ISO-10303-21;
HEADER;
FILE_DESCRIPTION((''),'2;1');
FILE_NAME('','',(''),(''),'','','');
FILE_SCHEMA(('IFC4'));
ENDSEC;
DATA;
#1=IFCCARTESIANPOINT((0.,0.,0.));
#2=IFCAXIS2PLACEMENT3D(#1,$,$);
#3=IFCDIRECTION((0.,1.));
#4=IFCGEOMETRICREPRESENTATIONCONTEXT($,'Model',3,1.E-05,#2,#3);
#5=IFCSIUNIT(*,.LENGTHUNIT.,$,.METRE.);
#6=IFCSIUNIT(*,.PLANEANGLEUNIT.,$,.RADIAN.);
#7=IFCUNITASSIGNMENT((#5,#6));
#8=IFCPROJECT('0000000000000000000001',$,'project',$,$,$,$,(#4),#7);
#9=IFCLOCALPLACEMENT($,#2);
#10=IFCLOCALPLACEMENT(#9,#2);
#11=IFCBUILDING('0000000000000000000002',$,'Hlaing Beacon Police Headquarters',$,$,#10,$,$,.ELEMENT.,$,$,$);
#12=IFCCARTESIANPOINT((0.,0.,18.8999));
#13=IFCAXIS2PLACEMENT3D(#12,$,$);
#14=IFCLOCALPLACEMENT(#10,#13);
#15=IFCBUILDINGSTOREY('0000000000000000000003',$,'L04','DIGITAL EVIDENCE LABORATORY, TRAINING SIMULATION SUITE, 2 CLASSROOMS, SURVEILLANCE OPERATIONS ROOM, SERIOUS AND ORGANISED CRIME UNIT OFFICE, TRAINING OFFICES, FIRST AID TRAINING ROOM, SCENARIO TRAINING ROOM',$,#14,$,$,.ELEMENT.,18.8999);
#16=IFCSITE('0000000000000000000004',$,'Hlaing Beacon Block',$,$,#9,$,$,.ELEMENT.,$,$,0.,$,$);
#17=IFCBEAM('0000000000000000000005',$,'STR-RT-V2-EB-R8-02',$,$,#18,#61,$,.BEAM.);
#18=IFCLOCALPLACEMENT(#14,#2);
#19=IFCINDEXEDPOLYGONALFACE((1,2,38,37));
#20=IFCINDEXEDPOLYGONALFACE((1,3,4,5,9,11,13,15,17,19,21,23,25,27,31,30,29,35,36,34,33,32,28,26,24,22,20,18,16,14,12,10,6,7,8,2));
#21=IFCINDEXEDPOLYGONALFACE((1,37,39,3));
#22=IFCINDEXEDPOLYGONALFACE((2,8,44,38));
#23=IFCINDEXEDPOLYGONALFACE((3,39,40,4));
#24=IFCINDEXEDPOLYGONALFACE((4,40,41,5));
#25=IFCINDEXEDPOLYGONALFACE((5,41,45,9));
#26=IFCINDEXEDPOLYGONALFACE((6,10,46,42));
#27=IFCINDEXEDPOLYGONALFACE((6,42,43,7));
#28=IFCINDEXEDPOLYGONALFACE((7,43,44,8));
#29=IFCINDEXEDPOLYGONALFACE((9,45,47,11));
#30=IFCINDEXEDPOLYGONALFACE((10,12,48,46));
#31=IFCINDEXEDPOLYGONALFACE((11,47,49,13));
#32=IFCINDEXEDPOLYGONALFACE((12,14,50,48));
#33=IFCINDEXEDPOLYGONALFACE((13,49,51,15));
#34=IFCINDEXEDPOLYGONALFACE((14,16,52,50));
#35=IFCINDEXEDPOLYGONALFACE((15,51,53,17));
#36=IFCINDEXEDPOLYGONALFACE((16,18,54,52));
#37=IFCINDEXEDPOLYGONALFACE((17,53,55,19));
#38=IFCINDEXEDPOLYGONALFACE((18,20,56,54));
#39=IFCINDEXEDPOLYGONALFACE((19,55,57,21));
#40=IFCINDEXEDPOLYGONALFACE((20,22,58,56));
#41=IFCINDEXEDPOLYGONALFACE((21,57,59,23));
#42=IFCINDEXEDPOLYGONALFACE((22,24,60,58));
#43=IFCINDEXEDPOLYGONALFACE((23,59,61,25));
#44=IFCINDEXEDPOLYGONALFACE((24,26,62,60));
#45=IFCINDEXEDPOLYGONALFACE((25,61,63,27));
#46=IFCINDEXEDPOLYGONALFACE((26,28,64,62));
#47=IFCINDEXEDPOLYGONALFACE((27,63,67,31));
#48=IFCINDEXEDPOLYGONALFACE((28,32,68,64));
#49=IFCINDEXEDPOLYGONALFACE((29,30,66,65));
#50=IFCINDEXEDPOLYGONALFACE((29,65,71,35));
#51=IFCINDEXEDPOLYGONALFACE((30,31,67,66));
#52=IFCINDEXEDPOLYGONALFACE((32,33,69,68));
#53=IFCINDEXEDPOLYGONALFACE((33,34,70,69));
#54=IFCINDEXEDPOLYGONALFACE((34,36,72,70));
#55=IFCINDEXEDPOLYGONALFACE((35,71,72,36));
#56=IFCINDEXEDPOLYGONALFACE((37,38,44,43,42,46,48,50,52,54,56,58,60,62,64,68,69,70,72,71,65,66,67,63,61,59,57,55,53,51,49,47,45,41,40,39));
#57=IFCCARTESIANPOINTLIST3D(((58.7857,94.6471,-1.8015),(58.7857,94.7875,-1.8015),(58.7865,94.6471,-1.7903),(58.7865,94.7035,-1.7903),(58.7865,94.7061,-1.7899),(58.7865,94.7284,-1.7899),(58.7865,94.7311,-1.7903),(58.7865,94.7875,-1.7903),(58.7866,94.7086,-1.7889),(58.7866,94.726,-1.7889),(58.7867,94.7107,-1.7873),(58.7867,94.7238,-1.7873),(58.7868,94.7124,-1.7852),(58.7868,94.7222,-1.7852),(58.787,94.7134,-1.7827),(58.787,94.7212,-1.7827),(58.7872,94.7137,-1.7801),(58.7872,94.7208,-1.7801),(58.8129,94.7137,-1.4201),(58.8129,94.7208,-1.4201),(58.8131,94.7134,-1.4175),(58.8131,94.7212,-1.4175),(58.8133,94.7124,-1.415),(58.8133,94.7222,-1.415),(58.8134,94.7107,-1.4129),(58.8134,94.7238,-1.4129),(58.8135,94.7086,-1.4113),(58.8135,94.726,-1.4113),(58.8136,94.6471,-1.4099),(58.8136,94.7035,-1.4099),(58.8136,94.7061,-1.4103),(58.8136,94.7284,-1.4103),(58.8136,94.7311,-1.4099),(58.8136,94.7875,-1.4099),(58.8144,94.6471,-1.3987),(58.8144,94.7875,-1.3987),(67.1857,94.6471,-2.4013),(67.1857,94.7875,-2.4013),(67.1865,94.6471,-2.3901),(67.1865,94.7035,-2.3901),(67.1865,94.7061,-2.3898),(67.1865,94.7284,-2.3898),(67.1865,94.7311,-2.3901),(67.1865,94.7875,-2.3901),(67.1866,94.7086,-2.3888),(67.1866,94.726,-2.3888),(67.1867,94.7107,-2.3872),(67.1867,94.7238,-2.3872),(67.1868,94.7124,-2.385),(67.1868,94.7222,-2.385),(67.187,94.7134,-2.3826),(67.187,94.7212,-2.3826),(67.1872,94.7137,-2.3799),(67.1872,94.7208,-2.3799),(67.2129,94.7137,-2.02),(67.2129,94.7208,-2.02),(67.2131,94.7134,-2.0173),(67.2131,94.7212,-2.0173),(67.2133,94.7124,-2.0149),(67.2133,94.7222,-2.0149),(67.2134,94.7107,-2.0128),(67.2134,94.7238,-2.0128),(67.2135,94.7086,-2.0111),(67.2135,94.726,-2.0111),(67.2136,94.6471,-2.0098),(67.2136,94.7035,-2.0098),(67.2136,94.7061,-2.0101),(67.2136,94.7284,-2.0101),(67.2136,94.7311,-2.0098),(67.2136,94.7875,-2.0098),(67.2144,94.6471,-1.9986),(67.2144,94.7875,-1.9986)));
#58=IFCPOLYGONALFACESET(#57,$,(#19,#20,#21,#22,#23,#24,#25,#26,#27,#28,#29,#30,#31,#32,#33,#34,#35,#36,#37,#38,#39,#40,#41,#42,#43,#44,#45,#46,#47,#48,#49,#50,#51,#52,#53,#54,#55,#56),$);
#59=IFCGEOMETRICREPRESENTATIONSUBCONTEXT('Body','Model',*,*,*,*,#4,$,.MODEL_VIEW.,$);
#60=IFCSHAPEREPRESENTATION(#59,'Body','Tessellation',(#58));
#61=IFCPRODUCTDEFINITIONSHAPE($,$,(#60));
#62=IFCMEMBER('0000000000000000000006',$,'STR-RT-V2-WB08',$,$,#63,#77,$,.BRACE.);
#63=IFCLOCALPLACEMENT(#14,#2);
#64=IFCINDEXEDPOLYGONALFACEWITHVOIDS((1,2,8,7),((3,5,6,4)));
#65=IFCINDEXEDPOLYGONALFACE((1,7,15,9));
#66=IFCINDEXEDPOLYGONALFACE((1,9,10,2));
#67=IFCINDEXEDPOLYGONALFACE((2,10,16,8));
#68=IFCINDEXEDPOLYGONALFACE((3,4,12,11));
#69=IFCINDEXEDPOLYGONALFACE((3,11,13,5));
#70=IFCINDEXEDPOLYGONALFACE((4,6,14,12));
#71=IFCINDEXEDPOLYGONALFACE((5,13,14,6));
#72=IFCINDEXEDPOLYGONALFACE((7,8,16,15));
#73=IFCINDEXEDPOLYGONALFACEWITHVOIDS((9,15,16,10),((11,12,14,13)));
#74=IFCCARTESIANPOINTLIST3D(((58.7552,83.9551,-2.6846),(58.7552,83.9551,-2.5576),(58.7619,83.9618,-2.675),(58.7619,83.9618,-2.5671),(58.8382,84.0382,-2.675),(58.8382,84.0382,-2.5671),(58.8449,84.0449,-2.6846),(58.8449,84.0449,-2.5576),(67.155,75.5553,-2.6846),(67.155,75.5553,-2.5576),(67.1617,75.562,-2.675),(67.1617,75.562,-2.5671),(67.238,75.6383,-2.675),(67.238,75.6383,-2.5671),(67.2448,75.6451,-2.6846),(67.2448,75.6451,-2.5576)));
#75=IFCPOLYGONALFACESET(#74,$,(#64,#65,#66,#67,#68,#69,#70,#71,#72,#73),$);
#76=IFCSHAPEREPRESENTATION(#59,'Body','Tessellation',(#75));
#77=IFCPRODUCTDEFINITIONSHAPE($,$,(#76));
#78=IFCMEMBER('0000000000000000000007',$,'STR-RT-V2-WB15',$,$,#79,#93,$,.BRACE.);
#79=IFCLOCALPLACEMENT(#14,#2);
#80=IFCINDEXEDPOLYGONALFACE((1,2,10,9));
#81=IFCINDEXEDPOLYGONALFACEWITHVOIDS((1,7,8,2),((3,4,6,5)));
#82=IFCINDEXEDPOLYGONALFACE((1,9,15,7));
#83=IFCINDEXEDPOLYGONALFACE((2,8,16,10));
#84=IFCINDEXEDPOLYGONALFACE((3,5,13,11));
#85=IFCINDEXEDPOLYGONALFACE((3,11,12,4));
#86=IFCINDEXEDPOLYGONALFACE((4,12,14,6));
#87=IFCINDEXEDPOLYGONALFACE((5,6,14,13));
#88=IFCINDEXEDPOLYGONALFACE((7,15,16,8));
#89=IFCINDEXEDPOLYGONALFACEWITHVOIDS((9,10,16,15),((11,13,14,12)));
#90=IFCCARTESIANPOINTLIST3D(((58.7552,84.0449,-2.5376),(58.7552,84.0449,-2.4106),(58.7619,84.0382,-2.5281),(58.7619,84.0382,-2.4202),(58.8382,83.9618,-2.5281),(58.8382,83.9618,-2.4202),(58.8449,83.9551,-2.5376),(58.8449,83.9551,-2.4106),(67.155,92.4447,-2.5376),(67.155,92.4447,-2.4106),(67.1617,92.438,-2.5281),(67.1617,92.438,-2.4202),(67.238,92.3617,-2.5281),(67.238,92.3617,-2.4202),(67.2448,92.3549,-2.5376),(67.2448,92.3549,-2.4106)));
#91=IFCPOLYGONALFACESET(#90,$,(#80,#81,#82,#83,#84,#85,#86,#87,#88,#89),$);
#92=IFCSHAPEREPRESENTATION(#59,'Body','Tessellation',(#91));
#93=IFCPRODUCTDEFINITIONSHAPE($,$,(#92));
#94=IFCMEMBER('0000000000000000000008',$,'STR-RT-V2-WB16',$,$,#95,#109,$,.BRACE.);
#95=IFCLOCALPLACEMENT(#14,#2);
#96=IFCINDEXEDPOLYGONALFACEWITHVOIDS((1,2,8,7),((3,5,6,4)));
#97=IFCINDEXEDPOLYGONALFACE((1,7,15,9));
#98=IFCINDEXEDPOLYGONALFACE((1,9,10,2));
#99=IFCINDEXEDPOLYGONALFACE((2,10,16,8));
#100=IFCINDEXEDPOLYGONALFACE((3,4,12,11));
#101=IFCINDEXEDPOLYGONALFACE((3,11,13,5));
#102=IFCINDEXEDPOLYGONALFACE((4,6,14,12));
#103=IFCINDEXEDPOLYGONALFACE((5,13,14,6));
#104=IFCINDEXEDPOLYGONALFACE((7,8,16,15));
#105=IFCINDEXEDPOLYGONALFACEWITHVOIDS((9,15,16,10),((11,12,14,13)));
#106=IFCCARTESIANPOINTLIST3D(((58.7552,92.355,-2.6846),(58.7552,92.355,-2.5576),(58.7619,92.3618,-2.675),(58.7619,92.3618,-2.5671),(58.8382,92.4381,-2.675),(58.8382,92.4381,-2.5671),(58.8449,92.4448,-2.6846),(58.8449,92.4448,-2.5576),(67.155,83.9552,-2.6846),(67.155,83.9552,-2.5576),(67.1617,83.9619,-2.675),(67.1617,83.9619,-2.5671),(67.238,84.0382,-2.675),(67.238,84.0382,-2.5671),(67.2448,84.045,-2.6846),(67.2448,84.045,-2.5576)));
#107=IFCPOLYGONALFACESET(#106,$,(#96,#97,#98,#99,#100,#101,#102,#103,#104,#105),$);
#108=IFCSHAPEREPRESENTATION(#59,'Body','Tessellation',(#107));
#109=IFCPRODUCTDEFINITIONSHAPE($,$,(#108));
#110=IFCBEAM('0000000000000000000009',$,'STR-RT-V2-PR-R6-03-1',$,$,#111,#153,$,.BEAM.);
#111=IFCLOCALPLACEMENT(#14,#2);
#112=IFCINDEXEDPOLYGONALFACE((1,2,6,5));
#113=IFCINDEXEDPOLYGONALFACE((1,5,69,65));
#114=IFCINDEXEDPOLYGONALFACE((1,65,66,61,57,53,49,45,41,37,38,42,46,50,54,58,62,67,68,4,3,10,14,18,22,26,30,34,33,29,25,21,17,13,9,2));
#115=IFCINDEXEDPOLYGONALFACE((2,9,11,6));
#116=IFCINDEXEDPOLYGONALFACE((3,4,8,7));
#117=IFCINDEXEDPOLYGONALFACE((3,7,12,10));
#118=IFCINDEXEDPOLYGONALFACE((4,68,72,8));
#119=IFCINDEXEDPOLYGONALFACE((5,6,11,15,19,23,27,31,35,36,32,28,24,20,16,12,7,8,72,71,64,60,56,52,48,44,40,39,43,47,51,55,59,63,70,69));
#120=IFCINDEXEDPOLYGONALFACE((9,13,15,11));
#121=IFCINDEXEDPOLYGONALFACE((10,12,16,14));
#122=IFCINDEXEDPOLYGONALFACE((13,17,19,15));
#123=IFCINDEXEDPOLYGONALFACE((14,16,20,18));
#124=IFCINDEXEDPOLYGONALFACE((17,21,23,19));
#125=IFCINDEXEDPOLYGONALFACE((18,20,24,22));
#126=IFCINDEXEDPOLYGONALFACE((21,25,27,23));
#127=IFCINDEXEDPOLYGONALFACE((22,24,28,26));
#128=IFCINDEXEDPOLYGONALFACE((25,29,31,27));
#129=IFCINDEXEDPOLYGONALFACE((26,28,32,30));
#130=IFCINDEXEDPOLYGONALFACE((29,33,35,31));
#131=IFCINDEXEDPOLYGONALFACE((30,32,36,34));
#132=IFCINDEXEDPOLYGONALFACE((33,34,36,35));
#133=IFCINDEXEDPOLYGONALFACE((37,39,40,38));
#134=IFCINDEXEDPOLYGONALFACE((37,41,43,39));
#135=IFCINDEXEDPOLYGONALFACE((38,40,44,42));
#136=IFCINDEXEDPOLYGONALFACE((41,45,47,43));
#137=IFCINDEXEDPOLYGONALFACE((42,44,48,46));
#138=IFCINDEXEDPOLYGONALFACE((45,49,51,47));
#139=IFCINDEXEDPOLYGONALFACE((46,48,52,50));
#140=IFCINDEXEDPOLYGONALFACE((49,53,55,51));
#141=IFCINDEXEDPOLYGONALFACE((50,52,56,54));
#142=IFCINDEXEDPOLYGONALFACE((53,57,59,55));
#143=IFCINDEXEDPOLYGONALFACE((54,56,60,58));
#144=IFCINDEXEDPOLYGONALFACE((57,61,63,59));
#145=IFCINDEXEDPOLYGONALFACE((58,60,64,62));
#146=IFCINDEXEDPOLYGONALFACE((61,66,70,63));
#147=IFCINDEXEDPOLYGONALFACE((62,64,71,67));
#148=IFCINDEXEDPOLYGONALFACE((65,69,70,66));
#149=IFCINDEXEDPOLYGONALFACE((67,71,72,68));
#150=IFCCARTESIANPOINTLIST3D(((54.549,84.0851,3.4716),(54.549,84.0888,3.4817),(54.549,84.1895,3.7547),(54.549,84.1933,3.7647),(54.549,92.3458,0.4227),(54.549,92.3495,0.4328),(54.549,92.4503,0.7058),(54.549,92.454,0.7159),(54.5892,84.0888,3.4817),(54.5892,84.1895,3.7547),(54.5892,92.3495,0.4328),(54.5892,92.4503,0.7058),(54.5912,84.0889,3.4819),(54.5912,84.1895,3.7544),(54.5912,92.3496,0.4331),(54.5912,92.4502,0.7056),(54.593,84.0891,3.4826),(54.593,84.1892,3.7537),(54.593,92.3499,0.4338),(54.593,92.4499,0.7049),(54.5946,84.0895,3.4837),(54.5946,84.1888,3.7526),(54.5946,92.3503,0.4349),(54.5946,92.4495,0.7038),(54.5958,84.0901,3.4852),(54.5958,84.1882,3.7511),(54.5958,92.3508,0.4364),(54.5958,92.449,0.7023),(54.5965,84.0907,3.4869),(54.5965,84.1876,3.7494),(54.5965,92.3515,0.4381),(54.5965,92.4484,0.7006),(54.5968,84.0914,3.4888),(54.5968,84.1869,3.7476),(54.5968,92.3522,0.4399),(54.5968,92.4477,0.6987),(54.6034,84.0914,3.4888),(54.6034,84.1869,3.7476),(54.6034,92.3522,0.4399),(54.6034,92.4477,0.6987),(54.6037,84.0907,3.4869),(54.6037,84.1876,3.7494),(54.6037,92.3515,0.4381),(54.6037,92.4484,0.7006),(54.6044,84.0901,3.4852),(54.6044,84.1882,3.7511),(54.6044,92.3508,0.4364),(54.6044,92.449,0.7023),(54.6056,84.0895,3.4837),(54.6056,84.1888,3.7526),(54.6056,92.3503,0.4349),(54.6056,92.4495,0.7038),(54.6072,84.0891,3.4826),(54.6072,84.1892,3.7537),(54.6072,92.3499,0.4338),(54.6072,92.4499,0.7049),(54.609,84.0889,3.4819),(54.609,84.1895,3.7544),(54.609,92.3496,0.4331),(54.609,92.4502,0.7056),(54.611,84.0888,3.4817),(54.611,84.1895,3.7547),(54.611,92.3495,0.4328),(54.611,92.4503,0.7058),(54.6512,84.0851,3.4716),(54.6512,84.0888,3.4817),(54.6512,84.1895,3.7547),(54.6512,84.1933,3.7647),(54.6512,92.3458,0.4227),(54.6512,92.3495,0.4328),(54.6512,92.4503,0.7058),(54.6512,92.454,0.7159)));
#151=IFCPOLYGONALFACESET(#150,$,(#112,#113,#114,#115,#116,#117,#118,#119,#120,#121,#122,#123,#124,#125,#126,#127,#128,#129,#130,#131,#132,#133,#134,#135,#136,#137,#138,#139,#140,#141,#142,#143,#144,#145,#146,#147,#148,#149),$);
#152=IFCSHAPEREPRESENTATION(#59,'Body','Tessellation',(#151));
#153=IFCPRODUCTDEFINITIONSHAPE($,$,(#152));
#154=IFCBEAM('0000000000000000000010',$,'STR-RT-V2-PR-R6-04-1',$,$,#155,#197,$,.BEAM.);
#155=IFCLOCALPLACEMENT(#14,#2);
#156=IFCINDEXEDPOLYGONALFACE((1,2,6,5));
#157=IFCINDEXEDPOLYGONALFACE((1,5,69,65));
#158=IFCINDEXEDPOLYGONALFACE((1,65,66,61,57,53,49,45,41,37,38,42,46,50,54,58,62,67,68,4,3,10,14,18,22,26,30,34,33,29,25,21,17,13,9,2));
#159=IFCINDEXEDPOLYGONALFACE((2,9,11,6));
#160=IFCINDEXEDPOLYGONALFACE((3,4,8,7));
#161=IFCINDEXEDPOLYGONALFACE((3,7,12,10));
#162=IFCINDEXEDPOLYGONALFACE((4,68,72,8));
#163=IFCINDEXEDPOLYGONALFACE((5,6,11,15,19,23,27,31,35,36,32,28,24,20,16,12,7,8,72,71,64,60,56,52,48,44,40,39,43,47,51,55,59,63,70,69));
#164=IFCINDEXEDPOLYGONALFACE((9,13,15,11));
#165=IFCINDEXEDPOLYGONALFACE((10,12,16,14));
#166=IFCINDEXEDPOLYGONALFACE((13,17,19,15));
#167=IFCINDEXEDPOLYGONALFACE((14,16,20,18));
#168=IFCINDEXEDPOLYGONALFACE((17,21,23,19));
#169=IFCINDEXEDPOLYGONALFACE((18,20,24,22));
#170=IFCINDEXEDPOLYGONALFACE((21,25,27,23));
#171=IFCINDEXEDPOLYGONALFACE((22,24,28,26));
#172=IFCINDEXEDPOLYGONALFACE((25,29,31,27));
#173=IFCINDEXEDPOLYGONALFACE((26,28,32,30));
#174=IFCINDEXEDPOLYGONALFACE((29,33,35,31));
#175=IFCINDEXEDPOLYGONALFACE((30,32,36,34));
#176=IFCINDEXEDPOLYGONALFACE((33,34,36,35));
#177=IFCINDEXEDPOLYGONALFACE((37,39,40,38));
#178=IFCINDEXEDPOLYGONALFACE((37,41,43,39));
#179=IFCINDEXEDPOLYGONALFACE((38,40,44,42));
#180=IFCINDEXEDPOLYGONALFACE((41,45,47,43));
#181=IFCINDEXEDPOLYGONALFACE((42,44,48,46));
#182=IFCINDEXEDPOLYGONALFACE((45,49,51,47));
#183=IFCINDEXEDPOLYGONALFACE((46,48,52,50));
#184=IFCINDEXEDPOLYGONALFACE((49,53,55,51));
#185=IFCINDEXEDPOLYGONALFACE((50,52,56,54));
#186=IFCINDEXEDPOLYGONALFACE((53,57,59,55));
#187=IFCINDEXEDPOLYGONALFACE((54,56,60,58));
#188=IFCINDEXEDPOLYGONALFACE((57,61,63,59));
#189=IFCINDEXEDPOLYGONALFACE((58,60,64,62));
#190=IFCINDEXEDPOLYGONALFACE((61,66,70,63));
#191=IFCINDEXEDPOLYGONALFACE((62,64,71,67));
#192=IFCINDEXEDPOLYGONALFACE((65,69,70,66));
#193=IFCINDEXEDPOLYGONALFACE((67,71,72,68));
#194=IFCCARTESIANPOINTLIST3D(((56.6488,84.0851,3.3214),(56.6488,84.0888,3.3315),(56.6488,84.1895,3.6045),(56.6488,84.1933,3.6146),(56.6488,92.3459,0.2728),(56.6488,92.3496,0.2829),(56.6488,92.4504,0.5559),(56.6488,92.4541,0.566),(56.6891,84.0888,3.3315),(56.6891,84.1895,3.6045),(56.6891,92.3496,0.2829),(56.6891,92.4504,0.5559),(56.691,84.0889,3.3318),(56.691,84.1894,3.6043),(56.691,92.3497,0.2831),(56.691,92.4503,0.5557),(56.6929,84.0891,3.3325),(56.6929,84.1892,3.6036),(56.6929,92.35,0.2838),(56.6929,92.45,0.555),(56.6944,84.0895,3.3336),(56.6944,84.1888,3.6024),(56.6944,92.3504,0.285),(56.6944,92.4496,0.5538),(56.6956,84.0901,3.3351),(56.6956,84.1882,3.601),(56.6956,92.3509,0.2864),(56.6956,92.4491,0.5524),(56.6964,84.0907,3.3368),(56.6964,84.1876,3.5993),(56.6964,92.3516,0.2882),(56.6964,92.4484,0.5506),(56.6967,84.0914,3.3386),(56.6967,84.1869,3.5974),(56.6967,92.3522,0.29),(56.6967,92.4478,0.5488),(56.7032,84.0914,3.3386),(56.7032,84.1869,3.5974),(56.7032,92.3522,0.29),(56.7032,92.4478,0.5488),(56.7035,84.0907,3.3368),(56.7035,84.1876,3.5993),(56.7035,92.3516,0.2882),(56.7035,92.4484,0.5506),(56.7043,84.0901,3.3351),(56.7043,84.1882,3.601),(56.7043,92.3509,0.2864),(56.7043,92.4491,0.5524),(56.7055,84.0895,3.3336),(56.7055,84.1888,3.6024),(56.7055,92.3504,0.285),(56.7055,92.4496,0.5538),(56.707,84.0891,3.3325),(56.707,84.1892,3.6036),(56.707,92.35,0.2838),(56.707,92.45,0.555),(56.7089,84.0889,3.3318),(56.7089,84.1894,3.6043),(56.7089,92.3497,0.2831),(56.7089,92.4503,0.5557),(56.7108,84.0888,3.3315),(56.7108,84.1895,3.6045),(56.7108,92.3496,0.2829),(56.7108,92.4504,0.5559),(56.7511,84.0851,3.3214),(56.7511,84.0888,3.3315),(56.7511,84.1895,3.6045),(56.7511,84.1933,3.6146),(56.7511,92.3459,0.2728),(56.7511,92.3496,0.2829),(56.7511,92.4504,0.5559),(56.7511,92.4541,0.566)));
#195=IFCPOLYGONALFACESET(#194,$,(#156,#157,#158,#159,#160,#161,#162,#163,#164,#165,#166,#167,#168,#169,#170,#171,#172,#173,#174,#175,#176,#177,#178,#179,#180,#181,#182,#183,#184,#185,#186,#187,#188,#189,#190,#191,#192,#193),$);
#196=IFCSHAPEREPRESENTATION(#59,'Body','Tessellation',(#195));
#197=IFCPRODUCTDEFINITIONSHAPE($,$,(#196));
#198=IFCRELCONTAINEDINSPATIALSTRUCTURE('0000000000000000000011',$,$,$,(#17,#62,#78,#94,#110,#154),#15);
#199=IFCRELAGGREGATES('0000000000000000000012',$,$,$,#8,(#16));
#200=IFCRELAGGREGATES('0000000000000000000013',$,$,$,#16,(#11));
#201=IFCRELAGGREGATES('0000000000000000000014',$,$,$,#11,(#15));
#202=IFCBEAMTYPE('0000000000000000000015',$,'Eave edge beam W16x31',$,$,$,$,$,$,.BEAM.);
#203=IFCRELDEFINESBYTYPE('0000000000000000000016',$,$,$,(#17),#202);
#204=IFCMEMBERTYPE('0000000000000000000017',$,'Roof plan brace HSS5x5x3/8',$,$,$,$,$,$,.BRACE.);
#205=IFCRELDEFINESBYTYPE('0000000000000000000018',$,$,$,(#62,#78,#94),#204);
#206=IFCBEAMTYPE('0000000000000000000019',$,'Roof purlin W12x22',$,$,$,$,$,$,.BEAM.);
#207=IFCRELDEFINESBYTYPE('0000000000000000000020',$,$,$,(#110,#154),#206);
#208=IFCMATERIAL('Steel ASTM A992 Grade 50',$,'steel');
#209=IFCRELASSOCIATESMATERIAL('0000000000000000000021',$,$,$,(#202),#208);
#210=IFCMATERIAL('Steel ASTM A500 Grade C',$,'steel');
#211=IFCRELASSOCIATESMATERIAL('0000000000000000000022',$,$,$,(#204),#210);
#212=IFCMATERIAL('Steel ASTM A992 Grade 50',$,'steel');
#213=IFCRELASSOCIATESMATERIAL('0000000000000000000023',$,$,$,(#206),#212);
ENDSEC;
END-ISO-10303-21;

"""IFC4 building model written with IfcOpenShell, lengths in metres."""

from ifc_helpers import new_model, si_unit, direction, frame, origin, origin_2d, place, context, subcontext, project, spatial, hollow_rectangle, i_section, extrude, material, material_profile, profile_set, type_object, element, save


model = new_model("IFC4")

# Units and contexts
model_context = context("Model", 3, precision=1e-05, world=origin(), true_north=direction((0.0, 1.0)))
body_context = subcontext(model_context, "Body", "Model", "MODEL_VIEW")
ifc_project = project(units=[si_unit("LENGTHUNIT", "METRE"), si_unit("PLANEANGLEUNIT", "RADIAN")], contexts=[model_context])

# Site, building, storey
site_placement = place(None, origin())
site = spatial("IfcSite", under=ifc_project, at=site_placement, Name="Hlaing Beacon Block", CompositionType="ELEMENT", RefElevation=0.0)
building_placement = place(site_placement, origin())
building = spatial("IfcBuilding", under=site, at=building_placement, Name="Hlaing Beacon Police Headquarters", CompositionType="ELEMENT")
storey_placement = place(building_placement, frame((0.0, 0.0, 18.8999)))
storey = spatial("IfcBuildingStorey", under=building, at=storey_placement, Name="L04", Description="DIGITAL EVIDENCE LABORATORY, TRAINING SIMULATION SUITE, 2 CLASSROOMS, SURVEILLANCE OPERATIONS ROOM, SERIOUS AND ORGANISED CRIME UNIT OFFICE, TRAINING OFFICES, FIRST AID TRAINING ROOM, SCENARIO TRAINING ROOM", CompositionType="ELEMENT", Elevation=18.8999)

# Beam
ifc_material_1 = material(Name="Steel ASTM A992 Grade 50", Category="steel")
ifc_material_profile_1 = material_profile(ifc_material_1, i_section(OverallWidth=0.1404, OverallDepth=0.4038, WebThickness=0.0071, FlangeThickness=0.0112, FilletRadius=0.0103, at=origin_2d()), Name="W16x31")
ifc_profile_set_1 = profile_set([ifc_material_profile_1], Name="Steel ASTM A992 Grade 50")
beam_type_1 = type_object("IfcBeamType", Name="Eave edge beam W16x31", PredefinedType="BEAM", material=ifc_profile_set_1)
beam_1_placement = place(storey_placement, frame((58.8, 94.7173, -1.6001), z_axis=(0.99746, 0.0, -0.071231), x_axis=(0.0, 1.0, 0.0)))
element("IfcBeam", 1, at=beam_1_placement, inside=storey, type_object=beam_type_1, Name="STR-RT-V2-EB-R8-02", PredefinedType="BEAM", context=body_context, shape_type="SweptSolid", body=[
    extrude(i_section(OverallWidth=0.1404, OverallDepth=0.4038, WebThickness=0.0071, FlangeThickness=0.0112, FilletRadius=0.0103, at=origin_2d()), origin(), (0.0, 0.0, 1.0), 8.4214),
])

# Members
ifc_material_2 = material(Name="Steel ASTM A500 Grade C", Category="steel")
ifc_material_profile_2 = material_profile(ifc_material_2, hollow_rectangle(XDim=0.127, YDim=0.127, WallThickness=0.0095, at=origin_2d()), Name="HSS5x5x3/8")
ifc_profile_set_2 = profile_set([ifc_material_profile_2], Name="Steel ASTM A500 Grade C")
member_type_1 = type_object("IfcMemberType", Name="Roof plan brace HSS5x5x3/8", PredefinedType="BRACE", material=ifc_profile_set_2)
for number, where, z_axis, x_axis, name in (
    (2, (58.8, 84.0, -2.6211), (0.707107, -0.707107, 0.0), (0.707107, 0.707107, 0.0), "STR-RT-V2-WB08"),
    (3, (58.8, 84.0, -2.4741), (0.707107, 0.707107, 0.0), (-0.707107, 0.707107, 0.0), "STR-RT-V2-WB15"),
    (4, (58.8, 92.3999, -2.6211), (0.707107, -0.707107, 0.0), (0.707107, 0.707107, 0.0), "STR-RT-V2-WB16"),
):
    element("IfcMember", number, at=place(storey_placement, frame(where, z_axis=z_axis, x_axis=x_axis)), inside=storey, type_object=member_type_1, Name=name, PredefinedType="BRACE", context=body_context, shape_type="SweptSolid", body=[
        extrude(hollow_rectangle(XDim=0.127, YDim=0.127, WallThickness=0.0095, at=origin_2d()), origin(), (0.0, 0.0, 1.0), 11.8792),
    ])

# Beams
ifc_material_3 = material(Name="Steel ASTM A992 Grade 50", Category="steel")
ifc_material_profile_3 = material_profile(ifc_material_3, i_section(OverallWidth=0.1023, OverallDepth=0.3125, WebThickness=0.0066, FlangeThickness=0.0107, FilletRadius=0.0076, at=origin_2d()), Name="W12x22")
ifc_profile_set_3 = profile_set([ifc_material_profile_3], Name="Steel ASTM A992 Grade 50")
beam_type_2 = type_object("IfcBeamType", Name="Roof purlin W12x22", PredefinedType="BEAM", material=ifc_profile_set_3)
for number, where, z_axis, x_axis, name in (
    (5, (54.6001, 84.1392, 3.6182), (0.0, 0.938144, -0.346245), (-1.0, 0.0, 0.0), "STR-RT-V2-PR-R6-03-1"),
    (6, (56.7, 84.1392, 3.468), (0.0, 0.938153, -0.346221), (-1.0, 0.0, 0.0), "STR-RT-V2-PR-R6-04-1"),
):
    element("IfcBeam", number, at=place(storey_placement, frame(where, z_axis=z_axis, x_axis=x_axis)), inside=storey, type_object=beam_type_2, Name=name, PredefinedType="BEAM", context=body_context, shape_type="SweptSolid", body=[
        extrude(i_section(OverallWidth=0.1023, OverallDepth=0.3125, WebThickness=0.0066, FlangeThickness=0.0107, FilletRadius=0.0076, at=origin_2d()), origin(), (0.0, 0.0, 1.0), 8.8054),
    ])

save(model, "model.ifc")
